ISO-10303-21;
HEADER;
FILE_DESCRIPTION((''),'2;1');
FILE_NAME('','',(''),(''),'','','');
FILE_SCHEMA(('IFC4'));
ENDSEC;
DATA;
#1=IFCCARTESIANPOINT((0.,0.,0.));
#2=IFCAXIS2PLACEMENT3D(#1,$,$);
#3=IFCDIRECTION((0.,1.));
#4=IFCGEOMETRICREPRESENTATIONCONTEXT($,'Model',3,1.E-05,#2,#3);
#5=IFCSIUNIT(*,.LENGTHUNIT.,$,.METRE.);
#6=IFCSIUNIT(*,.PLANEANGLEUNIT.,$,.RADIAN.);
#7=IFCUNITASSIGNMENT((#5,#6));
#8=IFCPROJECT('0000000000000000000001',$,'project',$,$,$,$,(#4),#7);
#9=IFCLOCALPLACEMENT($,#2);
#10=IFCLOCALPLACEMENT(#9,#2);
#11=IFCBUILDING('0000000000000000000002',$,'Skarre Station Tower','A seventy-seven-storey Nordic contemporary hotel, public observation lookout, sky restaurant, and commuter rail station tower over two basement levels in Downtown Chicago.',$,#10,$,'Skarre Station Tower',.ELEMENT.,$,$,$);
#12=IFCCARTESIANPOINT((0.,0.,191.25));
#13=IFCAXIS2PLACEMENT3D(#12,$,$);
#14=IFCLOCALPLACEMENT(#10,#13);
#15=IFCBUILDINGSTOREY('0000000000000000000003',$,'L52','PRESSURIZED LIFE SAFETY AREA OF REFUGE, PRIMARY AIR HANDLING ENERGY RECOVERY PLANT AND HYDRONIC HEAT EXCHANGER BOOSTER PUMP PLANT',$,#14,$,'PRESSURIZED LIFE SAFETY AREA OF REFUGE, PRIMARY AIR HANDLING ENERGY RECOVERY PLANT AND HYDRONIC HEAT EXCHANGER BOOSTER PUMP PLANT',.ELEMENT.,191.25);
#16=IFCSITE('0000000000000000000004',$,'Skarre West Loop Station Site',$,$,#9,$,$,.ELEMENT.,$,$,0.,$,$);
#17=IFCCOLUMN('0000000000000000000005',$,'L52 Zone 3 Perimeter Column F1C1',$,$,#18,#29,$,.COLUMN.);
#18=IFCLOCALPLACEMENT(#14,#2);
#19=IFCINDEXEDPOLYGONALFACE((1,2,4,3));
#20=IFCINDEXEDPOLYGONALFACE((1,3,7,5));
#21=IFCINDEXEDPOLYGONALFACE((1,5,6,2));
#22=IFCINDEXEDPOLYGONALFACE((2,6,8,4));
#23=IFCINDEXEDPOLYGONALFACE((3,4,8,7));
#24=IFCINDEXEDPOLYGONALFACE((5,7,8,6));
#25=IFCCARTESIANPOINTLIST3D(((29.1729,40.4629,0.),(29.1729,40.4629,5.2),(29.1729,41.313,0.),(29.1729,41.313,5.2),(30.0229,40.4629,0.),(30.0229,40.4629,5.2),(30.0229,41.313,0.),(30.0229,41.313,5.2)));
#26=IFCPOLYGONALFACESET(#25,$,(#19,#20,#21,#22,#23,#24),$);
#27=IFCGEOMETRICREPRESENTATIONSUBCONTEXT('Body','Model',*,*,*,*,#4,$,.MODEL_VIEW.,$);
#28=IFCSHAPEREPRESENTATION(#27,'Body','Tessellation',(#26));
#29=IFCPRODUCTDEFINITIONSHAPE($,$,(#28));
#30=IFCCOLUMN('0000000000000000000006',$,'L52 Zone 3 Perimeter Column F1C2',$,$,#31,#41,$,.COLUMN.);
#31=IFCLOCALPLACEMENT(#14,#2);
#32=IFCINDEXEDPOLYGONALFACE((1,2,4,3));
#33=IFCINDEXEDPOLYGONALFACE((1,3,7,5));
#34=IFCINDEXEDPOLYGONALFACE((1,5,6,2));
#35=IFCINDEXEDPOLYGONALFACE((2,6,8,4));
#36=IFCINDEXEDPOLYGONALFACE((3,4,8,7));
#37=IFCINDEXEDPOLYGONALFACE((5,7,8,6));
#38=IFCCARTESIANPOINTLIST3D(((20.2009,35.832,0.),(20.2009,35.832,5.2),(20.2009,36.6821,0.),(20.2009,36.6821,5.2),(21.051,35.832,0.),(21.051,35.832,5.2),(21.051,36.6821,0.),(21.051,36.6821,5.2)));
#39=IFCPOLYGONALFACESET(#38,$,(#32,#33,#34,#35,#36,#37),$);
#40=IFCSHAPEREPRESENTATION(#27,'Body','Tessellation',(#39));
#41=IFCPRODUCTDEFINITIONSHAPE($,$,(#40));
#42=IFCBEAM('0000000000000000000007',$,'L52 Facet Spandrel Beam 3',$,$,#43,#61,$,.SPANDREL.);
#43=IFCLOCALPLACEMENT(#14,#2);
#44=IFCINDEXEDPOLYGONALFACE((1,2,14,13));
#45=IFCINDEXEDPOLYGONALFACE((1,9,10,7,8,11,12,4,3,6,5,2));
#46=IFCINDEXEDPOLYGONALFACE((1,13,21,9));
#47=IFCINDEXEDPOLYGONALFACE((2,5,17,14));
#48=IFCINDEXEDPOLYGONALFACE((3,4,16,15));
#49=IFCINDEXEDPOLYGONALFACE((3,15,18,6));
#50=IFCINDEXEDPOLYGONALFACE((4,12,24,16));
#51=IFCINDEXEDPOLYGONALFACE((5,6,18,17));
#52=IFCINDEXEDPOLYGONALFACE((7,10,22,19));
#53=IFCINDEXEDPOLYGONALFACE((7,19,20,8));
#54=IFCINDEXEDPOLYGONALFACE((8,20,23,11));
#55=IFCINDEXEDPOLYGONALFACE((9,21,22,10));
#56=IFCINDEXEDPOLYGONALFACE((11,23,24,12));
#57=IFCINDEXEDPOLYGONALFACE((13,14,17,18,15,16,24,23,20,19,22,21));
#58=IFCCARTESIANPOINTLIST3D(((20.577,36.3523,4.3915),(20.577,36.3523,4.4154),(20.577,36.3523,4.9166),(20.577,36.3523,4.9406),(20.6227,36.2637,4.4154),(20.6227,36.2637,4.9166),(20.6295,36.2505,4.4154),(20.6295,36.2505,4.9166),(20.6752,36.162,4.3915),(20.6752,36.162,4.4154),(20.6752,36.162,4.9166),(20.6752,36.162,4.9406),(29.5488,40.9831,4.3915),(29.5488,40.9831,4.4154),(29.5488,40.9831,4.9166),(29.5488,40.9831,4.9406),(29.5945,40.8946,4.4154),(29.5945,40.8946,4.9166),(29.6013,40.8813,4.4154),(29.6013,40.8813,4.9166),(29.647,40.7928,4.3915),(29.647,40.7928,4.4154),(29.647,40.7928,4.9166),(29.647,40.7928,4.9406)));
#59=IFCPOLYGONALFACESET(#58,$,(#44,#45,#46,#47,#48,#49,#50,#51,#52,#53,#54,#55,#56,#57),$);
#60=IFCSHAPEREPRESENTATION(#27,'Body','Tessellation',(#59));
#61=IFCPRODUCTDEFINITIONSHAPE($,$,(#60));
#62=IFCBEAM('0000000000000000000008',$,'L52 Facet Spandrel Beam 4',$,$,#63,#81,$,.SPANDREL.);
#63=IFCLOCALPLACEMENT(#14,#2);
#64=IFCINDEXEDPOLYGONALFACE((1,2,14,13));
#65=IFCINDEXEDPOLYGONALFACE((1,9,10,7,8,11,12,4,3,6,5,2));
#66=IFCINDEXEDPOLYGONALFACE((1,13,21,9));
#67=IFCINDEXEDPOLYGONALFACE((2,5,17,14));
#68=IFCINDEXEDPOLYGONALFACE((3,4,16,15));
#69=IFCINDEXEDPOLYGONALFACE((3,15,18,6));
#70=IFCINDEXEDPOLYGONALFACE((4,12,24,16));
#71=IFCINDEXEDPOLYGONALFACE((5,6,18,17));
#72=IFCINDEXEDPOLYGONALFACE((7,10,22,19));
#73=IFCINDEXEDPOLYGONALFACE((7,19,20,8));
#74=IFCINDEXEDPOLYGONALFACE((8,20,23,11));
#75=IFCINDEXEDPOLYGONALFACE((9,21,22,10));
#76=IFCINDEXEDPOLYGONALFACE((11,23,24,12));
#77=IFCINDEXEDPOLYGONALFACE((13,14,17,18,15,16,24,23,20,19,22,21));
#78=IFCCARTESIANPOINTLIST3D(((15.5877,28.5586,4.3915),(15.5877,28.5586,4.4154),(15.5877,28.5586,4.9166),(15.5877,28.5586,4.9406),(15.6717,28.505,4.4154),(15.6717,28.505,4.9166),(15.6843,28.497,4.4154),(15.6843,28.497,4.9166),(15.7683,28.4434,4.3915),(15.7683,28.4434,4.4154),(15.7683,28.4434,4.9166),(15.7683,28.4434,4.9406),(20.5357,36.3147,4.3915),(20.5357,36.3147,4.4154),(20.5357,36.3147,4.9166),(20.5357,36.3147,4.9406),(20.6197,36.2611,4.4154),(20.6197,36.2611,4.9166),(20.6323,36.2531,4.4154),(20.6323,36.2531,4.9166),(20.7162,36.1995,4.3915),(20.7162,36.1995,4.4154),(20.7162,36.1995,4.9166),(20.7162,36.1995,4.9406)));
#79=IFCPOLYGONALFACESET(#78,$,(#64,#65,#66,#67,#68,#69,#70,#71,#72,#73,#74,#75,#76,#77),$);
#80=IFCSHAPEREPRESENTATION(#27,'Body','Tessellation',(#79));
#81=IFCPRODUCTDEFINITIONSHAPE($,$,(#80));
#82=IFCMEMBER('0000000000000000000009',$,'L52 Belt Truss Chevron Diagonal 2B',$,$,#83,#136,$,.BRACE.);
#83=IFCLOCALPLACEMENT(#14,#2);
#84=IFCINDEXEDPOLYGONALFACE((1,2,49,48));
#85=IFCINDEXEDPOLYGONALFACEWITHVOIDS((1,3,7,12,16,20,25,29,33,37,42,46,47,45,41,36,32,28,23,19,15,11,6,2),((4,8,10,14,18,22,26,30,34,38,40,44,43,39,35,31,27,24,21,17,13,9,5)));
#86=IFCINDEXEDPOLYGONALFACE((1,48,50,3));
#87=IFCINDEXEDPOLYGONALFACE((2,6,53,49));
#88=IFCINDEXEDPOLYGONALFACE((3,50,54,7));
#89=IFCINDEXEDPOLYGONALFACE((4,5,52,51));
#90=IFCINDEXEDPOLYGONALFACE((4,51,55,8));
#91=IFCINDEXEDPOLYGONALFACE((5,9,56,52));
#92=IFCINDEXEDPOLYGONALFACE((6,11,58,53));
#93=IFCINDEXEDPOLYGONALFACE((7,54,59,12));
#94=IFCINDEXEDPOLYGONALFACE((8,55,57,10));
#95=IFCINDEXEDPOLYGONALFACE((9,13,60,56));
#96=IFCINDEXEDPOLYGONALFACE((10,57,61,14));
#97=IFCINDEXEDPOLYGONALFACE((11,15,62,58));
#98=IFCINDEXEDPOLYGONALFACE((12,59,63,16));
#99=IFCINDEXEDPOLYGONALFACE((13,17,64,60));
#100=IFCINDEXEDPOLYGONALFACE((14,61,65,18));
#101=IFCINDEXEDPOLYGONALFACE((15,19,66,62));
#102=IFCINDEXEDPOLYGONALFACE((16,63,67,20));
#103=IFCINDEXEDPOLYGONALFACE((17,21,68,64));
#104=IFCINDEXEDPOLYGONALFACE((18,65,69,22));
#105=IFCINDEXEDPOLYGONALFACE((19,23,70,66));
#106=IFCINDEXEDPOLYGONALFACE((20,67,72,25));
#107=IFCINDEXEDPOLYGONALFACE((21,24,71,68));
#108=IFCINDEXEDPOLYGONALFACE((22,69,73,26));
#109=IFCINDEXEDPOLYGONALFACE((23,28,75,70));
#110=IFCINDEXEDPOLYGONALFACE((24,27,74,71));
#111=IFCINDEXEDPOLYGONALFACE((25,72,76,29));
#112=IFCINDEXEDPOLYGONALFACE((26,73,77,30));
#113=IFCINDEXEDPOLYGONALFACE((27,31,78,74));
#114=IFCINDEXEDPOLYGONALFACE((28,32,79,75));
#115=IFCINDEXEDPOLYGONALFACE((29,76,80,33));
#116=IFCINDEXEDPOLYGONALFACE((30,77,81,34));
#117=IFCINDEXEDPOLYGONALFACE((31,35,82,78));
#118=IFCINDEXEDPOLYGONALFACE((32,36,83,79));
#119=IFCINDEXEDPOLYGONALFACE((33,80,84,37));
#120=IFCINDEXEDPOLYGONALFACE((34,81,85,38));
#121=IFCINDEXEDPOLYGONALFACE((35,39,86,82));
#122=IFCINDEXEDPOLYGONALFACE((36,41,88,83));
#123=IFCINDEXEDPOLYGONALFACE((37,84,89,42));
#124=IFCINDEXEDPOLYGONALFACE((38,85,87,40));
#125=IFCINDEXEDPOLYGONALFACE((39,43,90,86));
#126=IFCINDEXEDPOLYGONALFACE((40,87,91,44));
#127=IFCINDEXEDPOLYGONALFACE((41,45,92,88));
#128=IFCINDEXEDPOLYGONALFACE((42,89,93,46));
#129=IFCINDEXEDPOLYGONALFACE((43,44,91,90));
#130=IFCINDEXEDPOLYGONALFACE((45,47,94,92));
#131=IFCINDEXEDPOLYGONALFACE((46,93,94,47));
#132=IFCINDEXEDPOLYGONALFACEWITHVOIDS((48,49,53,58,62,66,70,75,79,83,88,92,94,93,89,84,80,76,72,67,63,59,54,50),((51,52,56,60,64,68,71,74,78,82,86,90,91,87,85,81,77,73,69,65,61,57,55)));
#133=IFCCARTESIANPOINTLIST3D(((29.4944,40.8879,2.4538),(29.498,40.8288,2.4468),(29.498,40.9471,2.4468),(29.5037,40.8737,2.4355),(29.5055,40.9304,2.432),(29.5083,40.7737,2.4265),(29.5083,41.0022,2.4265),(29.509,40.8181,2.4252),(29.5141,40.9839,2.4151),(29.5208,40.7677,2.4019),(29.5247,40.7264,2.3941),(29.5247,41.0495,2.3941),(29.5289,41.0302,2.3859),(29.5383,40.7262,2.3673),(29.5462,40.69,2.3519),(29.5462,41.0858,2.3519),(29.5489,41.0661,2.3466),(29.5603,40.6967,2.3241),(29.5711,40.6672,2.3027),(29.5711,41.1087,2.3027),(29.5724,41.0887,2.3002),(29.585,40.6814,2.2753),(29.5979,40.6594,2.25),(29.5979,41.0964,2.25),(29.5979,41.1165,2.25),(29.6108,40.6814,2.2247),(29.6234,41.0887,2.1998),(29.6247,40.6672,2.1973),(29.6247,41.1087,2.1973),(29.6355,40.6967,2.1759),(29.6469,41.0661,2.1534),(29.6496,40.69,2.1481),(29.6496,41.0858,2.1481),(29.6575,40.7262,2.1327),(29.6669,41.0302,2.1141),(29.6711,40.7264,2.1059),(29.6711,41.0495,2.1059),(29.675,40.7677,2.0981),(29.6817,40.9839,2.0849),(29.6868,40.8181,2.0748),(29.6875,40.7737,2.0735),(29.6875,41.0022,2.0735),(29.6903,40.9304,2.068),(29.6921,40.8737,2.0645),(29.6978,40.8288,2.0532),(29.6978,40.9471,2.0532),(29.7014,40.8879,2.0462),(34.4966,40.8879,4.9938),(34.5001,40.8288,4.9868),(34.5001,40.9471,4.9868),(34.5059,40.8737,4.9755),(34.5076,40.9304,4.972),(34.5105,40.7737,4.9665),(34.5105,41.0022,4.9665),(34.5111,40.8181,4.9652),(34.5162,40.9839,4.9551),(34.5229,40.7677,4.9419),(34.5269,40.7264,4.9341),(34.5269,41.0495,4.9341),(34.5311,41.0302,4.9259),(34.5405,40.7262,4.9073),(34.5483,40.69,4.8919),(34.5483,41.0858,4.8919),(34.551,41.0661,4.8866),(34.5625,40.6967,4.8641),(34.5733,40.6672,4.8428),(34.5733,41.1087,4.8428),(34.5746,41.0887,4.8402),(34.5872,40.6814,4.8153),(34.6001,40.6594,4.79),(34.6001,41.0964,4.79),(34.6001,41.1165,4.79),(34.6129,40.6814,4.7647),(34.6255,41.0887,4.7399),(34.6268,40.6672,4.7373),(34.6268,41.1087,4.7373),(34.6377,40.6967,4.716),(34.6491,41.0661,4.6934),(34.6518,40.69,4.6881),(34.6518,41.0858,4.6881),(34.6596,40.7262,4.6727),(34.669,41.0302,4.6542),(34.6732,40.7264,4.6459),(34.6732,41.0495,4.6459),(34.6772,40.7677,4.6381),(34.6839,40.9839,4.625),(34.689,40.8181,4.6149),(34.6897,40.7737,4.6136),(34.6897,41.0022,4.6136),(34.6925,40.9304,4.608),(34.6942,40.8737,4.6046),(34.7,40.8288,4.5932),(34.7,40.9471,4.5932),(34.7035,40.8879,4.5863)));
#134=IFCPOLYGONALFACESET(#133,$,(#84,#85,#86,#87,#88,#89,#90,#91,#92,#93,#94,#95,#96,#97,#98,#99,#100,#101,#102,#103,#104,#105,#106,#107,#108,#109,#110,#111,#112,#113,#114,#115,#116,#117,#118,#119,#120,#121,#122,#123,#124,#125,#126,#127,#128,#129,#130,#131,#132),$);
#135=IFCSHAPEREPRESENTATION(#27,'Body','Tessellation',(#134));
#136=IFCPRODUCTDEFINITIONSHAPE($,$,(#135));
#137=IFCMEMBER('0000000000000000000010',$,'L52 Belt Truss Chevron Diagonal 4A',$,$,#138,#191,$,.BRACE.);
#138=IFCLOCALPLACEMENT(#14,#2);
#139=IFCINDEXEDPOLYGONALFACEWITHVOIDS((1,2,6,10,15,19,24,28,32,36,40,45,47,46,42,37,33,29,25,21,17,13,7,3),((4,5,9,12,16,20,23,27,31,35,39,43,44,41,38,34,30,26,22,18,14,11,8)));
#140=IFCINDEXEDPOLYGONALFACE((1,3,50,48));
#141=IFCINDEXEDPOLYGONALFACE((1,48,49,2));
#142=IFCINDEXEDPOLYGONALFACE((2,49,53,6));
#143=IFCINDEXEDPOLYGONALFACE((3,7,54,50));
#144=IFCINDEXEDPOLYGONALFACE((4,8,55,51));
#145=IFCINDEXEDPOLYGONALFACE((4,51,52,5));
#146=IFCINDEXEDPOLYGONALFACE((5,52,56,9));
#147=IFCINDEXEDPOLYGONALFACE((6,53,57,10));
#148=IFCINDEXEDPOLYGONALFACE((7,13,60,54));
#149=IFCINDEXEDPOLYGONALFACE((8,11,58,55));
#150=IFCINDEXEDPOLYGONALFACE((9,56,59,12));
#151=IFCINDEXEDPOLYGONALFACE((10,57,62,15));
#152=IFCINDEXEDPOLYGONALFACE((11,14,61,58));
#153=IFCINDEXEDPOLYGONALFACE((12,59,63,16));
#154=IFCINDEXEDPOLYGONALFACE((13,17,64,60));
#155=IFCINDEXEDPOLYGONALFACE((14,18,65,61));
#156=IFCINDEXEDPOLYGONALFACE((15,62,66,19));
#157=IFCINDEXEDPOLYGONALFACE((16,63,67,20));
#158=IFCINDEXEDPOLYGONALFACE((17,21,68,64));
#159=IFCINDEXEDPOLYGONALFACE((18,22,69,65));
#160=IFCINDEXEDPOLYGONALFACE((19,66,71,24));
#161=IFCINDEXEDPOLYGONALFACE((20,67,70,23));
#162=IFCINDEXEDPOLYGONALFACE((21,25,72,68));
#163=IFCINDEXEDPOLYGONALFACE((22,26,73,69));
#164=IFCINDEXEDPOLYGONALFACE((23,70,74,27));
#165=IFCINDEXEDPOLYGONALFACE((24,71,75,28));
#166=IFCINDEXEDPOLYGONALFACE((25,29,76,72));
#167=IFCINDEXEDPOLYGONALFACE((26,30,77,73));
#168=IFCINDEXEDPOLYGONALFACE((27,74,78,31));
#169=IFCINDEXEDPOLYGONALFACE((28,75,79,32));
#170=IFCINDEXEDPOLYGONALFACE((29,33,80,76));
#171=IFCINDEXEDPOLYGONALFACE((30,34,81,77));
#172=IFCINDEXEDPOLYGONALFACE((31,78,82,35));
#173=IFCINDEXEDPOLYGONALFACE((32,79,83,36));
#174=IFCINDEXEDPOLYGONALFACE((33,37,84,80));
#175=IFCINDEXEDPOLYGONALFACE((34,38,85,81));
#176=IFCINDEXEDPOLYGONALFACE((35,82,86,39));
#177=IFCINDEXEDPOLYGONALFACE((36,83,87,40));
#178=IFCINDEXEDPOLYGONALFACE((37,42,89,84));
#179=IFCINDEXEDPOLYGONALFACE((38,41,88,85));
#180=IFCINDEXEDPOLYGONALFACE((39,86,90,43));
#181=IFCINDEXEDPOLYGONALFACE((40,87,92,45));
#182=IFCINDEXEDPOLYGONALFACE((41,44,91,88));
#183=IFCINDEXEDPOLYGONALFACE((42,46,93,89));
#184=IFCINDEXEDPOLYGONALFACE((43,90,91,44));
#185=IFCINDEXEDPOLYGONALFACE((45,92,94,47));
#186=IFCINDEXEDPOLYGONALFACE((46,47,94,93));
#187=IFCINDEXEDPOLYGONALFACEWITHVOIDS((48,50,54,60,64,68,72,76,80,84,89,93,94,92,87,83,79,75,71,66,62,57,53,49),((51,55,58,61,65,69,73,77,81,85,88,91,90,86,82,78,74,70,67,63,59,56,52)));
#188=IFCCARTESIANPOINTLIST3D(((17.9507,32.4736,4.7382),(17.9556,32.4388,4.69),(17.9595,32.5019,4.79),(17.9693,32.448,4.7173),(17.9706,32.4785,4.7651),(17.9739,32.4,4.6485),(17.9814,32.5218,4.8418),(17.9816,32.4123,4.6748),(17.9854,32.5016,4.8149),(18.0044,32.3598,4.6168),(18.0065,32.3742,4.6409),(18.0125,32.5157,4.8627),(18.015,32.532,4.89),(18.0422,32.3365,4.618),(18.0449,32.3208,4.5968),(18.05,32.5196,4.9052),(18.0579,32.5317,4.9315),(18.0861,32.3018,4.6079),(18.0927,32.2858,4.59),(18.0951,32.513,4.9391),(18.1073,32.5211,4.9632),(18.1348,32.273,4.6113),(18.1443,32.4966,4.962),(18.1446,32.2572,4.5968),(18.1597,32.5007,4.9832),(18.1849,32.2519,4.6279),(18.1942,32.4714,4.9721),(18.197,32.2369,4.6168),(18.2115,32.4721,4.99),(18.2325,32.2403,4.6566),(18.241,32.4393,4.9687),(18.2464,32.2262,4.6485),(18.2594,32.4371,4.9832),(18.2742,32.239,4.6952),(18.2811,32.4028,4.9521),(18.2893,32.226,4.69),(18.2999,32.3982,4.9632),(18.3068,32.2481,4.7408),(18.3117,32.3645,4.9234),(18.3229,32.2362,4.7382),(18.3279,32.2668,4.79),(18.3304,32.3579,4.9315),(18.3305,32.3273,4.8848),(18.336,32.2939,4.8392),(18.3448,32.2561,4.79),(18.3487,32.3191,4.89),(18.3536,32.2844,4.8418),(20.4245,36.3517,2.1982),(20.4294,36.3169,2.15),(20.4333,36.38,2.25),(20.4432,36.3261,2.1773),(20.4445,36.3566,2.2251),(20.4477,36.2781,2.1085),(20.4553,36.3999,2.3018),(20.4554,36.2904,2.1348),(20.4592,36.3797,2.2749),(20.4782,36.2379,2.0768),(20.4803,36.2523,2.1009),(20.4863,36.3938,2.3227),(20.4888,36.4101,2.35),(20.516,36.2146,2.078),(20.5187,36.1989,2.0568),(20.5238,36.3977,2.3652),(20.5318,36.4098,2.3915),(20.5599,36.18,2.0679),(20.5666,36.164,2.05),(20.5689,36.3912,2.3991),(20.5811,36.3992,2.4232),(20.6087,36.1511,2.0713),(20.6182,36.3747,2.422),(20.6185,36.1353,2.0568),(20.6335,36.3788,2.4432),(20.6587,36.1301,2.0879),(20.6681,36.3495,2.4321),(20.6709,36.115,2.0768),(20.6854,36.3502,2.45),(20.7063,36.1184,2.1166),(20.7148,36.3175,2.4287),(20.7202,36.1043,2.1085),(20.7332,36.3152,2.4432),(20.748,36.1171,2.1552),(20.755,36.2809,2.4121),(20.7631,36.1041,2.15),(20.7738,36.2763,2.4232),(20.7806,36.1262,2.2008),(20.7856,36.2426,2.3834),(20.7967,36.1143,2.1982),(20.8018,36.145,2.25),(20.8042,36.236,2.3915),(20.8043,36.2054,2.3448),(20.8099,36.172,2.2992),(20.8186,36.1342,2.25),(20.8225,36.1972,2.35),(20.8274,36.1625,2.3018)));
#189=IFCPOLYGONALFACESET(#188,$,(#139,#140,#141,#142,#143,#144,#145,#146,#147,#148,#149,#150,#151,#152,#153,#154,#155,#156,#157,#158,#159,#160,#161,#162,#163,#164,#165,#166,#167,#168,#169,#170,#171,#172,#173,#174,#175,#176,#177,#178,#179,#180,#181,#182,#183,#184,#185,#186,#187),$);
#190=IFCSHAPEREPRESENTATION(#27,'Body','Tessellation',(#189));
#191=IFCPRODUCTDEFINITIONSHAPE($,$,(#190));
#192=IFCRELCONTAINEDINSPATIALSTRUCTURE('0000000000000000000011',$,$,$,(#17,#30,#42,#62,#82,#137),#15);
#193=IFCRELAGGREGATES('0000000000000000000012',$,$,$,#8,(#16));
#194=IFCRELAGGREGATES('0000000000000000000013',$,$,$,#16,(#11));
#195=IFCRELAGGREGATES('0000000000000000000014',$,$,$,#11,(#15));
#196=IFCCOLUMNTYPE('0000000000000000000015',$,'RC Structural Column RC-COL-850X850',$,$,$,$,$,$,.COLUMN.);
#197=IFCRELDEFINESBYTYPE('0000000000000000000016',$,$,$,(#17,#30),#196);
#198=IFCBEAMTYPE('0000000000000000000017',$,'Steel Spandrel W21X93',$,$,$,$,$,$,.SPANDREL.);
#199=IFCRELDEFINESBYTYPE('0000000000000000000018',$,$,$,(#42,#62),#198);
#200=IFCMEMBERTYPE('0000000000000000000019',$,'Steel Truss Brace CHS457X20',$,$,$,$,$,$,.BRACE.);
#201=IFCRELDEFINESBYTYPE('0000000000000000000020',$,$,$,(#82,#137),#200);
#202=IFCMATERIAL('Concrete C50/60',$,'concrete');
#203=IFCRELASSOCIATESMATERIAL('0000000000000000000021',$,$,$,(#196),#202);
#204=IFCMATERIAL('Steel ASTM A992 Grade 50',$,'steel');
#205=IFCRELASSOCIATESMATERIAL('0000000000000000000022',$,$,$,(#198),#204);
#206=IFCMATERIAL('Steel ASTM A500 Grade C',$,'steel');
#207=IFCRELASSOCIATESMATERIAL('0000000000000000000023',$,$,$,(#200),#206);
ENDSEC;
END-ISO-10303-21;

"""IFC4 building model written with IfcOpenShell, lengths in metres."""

from ifc_helpers import new_model, si_unit, direction, frame, origin, origin_2d, place, context, subcontext, project, spatial, rectangle, hollow_circle, i_section, extrude, material, material_profile, profile_set, type_object, element, save


model = new_model("IFC4")

# Units and contexts
model_context = context("Model", 3, precision=1e-05, world=origin(), true_north=direction((0.0, 1.0)))
body_context = subcontext(model_context, "Body", "Model", "MODEL_VIEW")
ifc_project = project(units=[si_unit("LENGTHUNIT", "METRE"), si_unit("PLANEANGLEUNIT", "RADIAN")], contexts=[model_context])

# Site, building, storey
site_placement = place(None, origin())
site = spatial("IfcSite", under=ifc_project, at=site_placement, Name="Skarre West Loop Station Site", CompositionType="ELEMENT", RefElevation=0.0)
building_placement = place(site_placement, origin())
building = spatial("IfcBuilding", under=site, at=building_placement, Name="Skarre Station Tower", Description="A seventy-seven-storey Nordic contemporary hotel, public observation lookout, sky restaurant, and commuter rail station tower over two basement levels in Downtown Chicago.", LongName="Skarre Station Tower", CompositionType="ELEMENT")
storey_placement = place(building_placement, frame((0.0, 0.0, 191.25)))
storey = spatial("IfcBuildingStorey", under=building, at=storey_placement, Name="L52", Description="PRESSURIZED LIFE SAFETY AREA OF REFUGE, PRIMARY AIR HANDLING ENERGY RECOVERY PLANT AND HYDRONIC HEAT EXCHANGER BOOSTER PUMP PLANT", LongName="PRESSURIZED LIFE SAFETY AREA OF REFUGE, PRIMARY AIR HANDLING ENERGY RECOVERY PLANT AND HYDRONIC HEAT EXCHANGER BOOSTER PUMP PLANT", CompositionType="ELEMENT", Elevation=191.25)

# Columns
ifc_material_1 = material(Name="Concrete C50/60", Category="concrete")
ifc_material_profile_1 = material_profile(ifc_material_1, rectangle(XDim=0.8501, YDim=0.8501, at=origin_2d()), Name="Concrete C50/60")
ifc_profile_set_1 = profile_set([ifc_material_profile_1], Name="Concrete C50/60")
column_type = type_object("IfcColumnType", Name="RC Structural Column RC-COL-850X850", PredefinedType="COLUMN", material=ifc_profile_set_1)
for number, where, z_axis, x_axis, name in (
    (1, (29.5979, 40.8879, 0.0), (0.0, 0.0, 1.0), (1.0, 0.0, 0.0), "L52 Zone 3 Perimeter Column F1C1"),
    (2, (20.626, 36.2571, 0.0), (0.0, 0.0, 1.0), (1.0, 0.0, 0.0), "L52 Zone 3 Perimeter Column F1C2"),
):
    element("IfcColumn", number, at=place(storey_placement, frame(where, z_axis=z_axis, x_axis=x_axis)), inside=storey, type_object=column_type, Name=name, PredefinedType="COLUMN", context=body_context, shape_type="SweptSolid", body=[
        extrude(rectangle(XDim=0.8501, YDim=0.8501, at=origin_2d()), origin(), (0.0, 0.0, 1.0), 5.2),
    ])

# Beams
ifc_material_2 = material(Name="Steel ASTM A992 Grade 50", Category="steel")
ifc_material_profile_2 = material_profile(ifc_material_2, i_section(OverallWidth=0.2141, OverallDepth=0.5491, WebThickness=0.0149, FlangeThickness=0.0239, at=origin_2d()), Name="Steel ASTM A992 Grade 50")
ifc_profile_set_2 = profile_set([ifc_material_profile_2], Name="Steel ASTM A992 Grade 50")
beam_type = type_object("IfcBeamType", Name="Steel Spandrel W21X93", PredefinedType="SPANDREL", material=ifc_profile_set_2)
beam_1_placement = place(storey_placement, frame((29.5979, 40.8879, 4.666), z_axis=(-0.888613, -0.458658, 0.0), x_axis=(0.458658, -0.888613, 0.0)))
element("IfcBeam", 3, at=beam_1_placement, inside=storey, type_object=beam_type, Name="L52 Facet Spandrel Beam 3", PredefinedType="SPANDREL", context=body_context, shape_type="SweptSolid", body=[
    extrude(i_section(OverallWidth=0.2141, OverallDepth=0.5491, WebThickness=0.0149, FlangeThickness=0.0239, at=origin_2d()), origin(), (0.0, 0.0, 1.0), 10.0964),
])
beam_2_placement = place(storey_placement, frame((20.626, 36.2571, 4.666), z_axis=(-0.537826, -0.843056, 0.0), x_axis=(0.843056, -0.537826, 0.0)))
element("IfcBeam", 4, at=beam_2_placement, inside=storey, type_object=beam_type, Name="L52 Facet Spandrel Beam 4", PredefinedType="SPANDREL", context=body_context, shape_type="SweptSolid", body=[
    extrude(i_section(OverallWidth=0.2141, OverallDepth=0.5491, WebThickness=0.0149, FlangeThickness=0.0239, at=origin_2d()), origin(), (0.0, 0.0, 1.0), 9.2),
])

# Members
ifc_material_3 = material(Name="Steel ASTM A500 Grade C", Category="steel")
ifc_material_profile_3 = material_profile(ifc_material_3, hollow_circle(Radius=0.2285, WallThickness=0.02, at=origin_2d()), Name="Steel ASTM A500 Grade C")
ifc_profile_set_3 = profile_set([ifc_material_profile_3], Name="Steel ASTM A500 Grade C")
member_type_1 = type_object("IfcMemberType", Name="Steel Truss Brace CHS457X20", PredefinedType="BRACE", material=ifc_profile_set_3)
member_1_placement = place(storey_placement, frame((29.5979, 40.8879, 2.25), z_axis=(0.891634, 0.0, 0.452758), x_axis=(0.0, 1.0, 0.0)))
element("IfcMember", 5, at=member_1_placement, inside=storey, type_object=member_type_1, Name="L52 Belt Truss Chevron Diagonal 2B", PredefinedType="BRACE", context=body_context, shape_type="SweptSolid", body=[
    extrude(hollow_circle(Radius=0.2285, WallThickness=0.02, at=origin_2d()), origin(), (0.0, 0.0, 1.0), 5.6101),
])
member_2_placement = place(storey_placement, frame((20.626, 36.2571, 2.25), z_axis=(-0.470791, -0.738036, 0.483382), x_axis=(0.843075, -0.537796, 0.0)))
element("IfcMember", 6, at=member_2_placement, inside=storey, type_object=member_type_1, Name="L52 Belt Truss Chevron Diagonal 4A", PredefinedType="BRACE", context=body_context, shape_type="SweptSolid", body=[
    extrude(hollow_circle(Radius=0.2285, WallThickness=0.02, at=origin_2d()), origin(), (0.0, 0.0, 1.0), 5.2546),
])

save(model, "model.ifc")
